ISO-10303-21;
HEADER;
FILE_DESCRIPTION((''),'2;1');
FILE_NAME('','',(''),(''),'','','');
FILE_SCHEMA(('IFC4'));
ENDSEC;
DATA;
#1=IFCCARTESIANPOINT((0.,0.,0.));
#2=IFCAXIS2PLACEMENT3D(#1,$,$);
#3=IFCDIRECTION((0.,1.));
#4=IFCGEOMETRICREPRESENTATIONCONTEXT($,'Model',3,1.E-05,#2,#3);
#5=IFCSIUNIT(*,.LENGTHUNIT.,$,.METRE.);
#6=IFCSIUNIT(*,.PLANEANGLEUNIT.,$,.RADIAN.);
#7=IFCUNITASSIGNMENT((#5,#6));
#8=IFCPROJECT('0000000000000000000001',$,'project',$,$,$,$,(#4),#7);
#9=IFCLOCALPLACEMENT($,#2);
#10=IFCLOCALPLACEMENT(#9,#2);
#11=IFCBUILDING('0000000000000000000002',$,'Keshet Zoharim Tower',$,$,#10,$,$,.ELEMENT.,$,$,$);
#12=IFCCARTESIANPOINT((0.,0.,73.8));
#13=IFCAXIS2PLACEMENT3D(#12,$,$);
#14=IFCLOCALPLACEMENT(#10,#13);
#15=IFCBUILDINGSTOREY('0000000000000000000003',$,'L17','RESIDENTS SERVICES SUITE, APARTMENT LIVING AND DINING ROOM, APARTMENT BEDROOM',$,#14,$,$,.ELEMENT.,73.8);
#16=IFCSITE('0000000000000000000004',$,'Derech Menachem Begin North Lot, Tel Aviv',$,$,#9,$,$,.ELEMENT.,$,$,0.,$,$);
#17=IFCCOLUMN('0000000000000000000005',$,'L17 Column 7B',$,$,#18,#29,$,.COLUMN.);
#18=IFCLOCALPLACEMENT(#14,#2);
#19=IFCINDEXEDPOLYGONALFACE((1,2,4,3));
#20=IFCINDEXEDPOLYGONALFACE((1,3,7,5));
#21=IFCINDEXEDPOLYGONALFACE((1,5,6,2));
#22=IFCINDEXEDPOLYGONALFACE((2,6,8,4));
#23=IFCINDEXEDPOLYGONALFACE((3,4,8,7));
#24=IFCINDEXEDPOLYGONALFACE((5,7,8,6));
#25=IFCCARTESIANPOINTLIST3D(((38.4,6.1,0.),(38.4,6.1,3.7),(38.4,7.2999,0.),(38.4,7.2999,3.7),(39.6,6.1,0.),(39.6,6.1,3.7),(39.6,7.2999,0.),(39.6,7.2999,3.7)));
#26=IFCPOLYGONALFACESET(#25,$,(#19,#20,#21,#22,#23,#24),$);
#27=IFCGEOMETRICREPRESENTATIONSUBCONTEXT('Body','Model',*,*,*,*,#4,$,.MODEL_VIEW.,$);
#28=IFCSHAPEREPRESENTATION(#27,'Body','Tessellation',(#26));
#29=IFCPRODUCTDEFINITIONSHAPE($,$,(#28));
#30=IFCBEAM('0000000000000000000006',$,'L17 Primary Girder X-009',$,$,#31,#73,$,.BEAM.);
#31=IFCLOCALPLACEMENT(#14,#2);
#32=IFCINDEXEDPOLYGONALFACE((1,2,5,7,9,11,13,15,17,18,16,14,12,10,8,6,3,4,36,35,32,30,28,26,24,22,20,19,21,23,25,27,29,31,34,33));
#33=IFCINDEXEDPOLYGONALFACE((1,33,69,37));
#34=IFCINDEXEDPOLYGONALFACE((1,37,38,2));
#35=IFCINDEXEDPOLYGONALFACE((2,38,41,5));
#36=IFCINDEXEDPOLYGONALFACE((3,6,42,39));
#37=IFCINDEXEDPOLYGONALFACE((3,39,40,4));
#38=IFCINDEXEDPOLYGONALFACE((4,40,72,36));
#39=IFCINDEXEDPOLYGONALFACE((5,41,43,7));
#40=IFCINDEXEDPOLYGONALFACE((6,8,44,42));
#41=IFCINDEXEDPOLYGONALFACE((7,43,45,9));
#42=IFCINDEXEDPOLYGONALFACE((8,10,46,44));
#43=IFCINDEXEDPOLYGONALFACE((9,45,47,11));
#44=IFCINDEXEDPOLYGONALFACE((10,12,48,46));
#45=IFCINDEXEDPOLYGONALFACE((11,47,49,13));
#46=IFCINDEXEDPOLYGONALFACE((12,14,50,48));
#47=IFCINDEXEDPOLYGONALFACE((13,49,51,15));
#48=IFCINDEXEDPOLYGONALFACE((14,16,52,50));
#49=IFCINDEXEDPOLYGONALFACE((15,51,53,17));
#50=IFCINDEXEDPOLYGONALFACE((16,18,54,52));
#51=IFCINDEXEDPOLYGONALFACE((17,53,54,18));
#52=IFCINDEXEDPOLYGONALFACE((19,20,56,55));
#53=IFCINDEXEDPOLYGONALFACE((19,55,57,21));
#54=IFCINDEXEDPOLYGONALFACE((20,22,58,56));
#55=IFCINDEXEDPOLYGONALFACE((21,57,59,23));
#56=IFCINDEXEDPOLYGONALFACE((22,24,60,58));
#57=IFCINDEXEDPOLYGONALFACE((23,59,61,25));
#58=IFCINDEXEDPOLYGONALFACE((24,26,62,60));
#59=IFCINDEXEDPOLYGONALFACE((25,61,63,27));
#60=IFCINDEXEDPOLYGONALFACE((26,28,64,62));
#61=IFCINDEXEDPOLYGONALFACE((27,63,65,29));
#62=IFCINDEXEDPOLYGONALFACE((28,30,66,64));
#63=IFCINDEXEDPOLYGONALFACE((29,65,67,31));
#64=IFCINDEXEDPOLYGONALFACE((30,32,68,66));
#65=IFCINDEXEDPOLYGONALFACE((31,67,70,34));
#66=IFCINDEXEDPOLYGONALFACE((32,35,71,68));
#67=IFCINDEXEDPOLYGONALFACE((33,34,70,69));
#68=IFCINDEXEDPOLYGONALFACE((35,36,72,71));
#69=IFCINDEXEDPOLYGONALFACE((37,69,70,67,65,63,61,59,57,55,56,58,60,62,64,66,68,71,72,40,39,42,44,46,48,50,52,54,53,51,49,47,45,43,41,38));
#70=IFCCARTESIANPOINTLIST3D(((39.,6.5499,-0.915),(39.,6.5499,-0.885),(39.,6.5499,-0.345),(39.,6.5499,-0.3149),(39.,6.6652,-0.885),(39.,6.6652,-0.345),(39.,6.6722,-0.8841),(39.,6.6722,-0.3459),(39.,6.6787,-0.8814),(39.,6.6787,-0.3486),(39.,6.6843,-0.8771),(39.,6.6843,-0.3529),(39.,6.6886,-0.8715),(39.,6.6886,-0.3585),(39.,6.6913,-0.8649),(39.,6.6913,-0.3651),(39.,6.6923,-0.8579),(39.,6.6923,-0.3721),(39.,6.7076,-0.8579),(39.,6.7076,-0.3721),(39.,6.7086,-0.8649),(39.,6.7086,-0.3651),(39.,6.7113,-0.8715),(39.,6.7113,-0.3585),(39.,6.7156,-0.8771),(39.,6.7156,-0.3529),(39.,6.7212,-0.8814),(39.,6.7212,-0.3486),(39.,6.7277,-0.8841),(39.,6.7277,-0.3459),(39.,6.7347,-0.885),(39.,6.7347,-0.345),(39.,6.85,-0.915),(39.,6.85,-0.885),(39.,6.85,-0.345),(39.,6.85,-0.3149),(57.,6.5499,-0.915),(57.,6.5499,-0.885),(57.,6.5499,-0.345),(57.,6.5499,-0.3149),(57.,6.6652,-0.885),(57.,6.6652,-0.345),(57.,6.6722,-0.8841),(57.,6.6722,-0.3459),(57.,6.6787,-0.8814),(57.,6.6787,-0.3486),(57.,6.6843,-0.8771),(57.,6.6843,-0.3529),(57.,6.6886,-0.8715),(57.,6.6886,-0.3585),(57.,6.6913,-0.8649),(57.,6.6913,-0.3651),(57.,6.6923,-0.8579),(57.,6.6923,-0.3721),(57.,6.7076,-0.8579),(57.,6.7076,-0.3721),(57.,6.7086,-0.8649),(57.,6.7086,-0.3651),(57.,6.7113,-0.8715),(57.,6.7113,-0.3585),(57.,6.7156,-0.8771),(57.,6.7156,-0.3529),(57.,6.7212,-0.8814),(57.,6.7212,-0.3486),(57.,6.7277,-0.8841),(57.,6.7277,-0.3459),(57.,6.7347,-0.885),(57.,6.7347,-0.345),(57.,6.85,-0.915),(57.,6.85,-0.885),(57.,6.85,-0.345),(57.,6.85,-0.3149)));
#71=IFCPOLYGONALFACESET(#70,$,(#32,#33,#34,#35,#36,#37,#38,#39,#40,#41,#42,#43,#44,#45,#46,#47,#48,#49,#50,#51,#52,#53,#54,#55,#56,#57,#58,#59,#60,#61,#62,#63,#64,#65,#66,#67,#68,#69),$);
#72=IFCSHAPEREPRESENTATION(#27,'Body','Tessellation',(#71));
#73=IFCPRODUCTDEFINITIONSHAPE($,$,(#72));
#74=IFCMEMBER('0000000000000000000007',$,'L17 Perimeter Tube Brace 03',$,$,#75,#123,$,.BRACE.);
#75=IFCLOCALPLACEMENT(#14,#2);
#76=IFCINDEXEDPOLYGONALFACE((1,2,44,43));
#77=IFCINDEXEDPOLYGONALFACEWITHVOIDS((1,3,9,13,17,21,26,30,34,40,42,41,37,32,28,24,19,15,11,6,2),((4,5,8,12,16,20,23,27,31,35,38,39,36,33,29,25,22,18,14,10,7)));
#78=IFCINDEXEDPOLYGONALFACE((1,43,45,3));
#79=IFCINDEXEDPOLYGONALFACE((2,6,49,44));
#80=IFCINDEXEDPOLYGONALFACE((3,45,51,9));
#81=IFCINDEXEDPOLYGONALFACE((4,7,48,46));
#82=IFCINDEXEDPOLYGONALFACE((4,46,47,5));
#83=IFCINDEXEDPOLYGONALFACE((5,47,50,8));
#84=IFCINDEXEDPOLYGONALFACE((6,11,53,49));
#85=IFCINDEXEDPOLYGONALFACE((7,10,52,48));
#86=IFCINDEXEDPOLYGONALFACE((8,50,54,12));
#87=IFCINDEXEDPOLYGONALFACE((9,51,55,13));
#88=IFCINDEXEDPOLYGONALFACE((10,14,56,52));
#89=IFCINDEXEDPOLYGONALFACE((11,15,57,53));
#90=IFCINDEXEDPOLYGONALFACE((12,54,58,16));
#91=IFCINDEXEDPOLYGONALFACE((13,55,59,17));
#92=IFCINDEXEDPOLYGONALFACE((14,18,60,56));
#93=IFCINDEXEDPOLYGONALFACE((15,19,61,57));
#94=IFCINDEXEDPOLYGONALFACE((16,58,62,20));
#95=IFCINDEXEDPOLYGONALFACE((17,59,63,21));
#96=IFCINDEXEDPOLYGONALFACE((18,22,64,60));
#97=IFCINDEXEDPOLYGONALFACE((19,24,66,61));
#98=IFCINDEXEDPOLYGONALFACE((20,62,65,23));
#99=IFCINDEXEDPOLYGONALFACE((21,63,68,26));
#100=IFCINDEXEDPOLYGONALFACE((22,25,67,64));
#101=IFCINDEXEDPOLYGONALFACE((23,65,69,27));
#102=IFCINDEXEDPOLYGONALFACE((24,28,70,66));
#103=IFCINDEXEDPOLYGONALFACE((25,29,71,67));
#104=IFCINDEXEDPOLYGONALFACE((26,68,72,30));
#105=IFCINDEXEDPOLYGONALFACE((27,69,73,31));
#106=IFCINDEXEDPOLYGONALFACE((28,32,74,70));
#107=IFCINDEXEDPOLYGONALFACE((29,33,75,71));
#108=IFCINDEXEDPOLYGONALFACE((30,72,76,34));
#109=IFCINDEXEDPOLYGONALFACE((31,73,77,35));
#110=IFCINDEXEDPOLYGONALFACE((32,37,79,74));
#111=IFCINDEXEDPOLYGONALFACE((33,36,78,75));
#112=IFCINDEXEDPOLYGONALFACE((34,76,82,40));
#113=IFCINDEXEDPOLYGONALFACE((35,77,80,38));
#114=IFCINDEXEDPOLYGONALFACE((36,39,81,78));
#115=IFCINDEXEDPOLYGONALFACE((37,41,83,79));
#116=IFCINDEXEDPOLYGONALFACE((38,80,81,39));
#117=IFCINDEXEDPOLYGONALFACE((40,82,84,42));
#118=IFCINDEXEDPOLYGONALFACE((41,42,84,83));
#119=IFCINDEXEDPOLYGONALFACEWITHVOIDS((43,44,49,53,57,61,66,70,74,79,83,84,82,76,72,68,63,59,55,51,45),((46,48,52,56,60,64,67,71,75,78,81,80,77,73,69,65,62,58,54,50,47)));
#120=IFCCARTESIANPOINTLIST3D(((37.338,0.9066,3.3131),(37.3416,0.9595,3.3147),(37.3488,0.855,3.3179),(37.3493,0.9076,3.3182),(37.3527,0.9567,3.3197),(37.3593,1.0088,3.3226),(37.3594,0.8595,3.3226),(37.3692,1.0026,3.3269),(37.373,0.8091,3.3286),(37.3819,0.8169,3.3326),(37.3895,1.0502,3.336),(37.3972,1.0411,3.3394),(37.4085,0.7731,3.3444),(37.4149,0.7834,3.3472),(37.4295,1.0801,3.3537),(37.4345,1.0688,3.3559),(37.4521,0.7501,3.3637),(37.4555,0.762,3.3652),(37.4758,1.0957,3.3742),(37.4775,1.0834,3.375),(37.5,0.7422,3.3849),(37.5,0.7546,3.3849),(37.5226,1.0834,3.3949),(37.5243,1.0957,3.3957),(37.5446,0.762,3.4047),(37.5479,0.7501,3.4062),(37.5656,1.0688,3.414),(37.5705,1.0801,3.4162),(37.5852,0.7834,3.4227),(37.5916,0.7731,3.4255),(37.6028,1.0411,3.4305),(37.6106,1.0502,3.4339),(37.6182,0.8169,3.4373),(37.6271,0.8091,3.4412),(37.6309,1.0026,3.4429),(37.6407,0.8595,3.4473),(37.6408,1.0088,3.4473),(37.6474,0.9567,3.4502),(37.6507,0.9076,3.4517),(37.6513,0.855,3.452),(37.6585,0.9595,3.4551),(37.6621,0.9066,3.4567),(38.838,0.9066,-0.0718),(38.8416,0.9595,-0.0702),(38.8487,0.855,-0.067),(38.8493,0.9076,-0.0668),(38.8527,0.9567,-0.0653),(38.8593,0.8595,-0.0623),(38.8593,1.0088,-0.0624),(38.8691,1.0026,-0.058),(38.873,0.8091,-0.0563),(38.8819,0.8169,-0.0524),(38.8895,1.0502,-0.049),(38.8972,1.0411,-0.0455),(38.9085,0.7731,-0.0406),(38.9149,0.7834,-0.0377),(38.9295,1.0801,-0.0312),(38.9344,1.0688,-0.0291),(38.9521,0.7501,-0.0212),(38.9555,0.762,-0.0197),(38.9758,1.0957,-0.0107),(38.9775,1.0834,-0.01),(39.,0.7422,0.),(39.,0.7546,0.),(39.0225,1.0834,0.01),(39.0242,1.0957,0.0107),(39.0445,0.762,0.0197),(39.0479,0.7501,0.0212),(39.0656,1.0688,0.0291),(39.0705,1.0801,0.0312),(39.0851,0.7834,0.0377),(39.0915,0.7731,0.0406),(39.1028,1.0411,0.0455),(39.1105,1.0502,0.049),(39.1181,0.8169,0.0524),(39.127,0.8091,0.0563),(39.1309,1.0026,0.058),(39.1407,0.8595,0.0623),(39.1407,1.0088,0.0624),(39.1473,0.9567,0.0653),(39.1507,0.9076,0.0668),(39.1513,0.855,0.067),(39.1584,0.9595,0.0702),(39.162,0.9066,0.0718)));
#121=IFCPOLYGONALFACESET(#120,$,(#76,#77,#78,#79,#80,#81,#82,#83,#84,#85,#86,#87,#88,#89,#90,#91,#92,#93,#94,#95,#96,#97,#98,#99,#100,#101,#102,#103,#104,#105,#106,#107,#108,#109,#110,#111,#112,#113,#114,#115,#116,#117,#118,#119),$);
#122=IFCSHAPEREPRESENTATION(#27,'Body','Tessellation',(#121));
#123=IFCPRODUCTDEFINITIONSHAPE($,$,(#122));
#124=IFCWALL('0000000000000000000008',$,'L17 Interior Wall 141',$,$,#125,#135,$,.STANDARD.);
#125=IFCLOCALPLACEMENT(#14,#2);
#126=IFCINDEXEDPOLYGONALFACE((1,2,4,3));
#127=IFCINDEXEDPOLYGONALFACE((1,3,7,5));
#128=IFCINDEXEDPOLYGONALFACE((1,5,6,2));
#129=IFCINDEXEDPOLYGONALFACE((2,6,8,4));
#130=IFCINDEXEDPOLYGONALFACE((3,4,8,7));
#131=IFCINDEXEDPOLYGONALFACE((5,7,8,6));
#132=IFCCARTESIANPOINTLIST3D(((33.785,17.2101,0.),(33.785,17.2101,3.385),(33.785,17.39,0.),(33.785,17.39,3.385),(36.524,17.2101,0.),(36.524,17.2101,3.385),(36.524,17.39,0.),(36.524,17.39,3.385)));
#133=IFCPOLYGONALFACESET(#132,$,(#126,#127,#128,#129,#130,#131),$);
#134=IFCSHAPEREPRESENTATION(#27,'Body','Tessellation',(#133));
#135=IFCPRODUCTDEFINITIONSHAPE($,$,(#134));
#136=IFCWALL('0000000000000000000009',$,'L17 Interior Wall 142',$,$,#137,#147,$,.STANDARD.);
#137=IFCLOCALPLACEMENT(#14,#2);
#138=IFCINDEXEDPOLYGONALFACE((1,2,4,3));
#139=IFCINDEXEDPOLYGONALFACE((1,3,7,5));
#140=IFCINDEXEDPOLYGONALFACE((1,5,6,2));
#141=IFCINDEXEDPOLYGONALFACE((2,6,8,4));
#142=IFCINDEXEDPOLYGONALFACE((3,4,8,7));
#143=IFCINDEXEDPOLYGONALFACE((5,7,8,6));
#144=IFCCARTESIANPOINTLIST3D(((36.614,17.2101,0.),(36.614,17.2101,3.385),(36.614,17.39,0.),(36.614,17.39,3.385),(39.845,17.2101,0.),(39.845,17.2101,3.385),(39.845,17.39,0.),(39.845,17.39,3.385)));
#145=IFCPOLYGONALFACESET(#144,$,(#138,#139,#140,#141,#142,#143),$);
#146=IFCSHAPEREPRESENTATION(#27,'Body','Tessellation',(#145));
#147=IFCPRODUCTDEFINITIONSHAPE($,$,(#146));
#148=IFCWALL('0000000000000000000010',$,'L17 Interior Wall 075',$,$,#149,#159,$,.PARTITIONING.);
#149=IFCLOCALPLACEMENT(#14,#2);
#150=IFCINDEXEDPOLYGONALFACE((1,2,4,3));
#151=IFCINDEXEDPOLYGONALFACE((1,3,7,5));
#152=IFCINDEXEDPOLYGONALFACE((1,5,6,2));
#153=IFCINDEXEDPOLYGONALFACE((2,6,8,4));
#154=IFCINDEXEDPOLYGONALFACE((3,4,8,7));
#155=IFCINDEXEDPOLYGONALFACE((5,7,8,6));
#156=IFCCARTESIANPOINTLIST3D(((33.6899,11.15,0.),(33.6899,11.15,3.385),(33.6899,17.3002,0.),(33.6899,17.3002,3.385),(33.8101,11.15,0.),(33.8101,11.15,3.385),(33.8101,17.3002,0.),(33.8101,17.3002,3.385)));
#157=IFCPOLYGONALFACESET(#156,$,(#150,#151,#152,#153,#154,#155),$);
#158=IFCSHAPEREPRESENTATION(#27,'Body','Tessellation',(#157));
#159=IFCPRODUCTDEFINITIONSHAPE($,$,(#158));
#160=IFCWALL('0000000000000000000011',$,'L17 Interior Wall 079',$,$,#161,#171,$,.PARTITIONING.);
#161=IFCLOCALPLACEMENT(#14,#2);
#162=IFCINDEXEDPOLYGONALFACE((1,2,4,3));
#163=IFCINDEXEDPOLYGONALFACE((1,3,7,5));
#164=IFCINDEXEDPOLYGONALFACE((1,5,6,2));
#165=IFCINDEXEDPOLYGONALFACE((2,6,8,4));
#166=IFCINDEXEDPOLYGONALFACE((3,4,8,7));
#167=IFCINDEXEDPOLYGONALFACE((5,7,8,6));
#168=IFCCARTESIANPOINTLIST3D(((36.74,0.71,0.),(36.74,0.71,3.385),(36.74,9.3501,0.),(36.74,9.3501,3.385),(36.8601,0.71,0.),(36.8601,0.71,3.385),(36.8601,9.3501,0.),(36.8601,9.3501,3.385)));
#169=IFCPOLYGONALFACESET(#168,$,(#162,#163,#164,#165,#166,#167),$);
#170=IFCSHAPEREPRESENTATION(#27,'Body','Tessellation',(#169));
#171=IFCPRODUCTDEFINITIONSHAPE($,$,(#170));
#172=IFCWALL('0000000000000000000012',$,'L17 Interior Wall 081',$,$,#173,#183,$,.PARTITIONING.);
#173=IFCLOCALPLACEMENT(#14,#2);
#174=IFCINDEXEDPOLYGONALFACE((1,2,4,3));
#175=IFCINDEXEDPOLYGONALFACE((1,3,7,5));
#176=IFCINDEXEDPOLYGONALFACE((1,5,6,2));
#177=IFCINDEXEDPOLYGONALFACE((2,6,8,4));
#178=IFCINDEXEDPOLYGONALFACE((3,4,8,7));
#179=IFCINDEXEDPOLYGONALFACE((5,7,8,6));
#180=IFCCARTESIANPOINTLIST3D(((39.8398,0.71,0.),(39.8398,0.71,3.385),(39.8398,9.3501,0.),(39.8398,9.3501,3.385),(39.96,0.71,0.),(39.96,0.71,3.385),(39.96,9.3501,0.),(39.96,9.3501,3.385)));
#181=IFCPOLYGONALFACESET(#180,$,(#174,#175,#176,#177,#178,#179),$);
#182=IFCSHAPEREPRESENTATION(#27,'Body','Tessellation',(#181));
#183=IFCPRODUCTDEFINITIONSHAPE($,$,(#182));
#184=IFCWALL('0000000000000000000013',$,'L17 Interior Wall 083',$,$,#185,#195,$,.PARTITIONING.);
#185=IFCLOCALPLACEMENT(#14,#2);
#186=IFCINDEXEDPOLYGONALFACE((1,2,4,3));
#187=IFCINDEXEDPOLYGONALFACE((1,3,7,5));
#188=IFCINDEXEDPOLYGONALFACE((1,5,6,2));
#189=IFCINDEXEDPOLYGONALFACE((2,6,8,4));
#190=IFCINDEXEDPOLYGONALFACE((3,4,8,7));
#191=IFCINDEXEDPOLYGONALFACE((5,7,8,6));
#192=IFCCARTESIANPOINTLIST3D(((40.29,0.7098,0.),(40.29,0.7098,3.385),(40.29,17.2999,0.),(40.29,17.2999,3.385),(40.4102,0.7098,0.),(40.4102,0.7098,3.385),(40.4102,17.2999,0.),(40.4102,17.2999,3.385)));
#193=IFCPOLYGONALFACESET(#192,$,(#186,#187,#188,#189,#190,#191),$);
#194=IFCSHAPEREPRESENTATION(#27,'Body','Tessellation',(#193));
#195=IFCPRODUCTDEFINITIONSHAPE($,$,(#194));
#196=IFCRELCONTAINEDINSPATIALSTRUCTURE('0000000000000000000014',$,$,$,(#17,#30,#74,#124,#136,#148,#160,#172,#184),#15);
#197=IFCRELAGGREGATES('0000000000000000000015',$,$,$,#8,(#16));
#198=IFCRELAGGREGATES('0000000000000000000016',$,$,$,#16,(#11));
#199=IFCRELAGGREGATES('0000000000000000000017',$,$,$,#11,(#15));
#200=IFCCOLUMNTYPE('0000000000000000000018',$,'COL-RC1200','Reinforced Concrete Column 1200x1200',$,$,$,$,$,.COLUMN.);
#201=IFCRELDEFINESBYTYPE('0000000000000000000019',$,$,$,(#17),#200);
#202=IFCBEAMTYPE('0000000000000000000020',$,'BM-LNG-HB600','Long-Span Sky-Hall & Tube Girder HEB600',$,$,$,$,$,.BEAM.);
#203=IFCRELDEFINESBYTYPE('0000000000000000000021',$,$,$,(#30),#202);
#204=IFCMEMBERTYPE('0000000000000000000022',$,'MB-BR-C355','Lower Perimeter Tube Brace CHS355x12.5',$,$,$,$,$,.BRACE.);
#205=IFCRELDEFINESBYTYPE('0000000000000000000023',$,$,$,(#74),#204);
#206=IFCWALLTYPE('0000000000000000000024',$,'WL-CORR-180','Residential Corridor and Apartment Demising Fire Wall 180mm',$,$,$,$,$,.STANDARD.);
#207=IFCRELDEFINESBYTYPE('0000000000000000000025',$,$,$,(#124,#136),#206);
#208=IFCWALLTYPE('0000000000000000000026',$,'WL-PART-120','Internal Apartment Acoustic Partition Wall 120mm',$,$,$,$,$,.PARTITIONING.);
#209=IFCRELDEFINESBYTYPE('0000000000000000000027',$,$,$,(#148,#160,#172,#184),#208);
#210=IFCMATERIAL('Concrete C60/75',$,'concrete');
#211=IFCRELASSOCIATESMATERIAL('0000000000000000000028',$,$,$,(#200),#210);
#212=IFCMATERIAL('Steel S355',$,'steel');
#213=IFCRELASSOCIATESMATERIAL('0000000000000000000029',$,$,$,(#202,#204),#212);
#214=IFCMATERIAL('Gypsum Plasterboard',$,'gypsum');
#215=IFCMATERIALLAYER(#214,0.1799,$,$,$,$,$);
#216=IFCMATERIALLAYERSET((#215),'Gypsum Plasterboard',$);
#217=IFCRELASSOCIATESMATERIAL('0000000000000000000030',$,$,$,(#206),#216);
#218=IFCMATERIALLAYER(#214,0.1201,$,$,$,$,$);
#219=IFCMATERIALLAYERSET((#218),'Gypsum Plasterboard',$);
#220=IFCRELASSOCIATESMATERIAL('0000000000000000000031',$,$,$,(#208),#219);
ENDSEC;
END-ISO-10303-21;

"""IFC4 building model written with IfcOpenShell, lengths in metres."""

from ifc_helpers import new_model, si_unit, direction, frame, frame_2d, origin, origin_2d, place, context, subcontext, project, spatial, rectangle, hollow_circle, i_section, extrude, material, layer, layer_set, material_profile, profile_set, type_object, element, save


model = new_model("IFC4")

# Units and contexts
model_context = context("Model", 3, precision=1e-05, world=origin(), true_north=direction((0.0, 1.0)))
body_context = subcontext(model_context, "Body", "Model", "MODEL_VIEW")
ifc_project = project(units=[si_unit("LENGTHUNIT", "METRE"), si_unit("PLANEANGLEUNIT", "RADIAN")], contexts=[model_context])

# Site, building, storey
site_placement = place(None, origin())
site = spatial("IfcSite", under=ifc_project, at=site_placement, Name="Derech Menachem Begin North Lot, Tel Aviv", CompositionType="ELEMENT", RefElevation=0.0)
building_placement = place(site_placement, origin())
building = spatial("IfcBuilding", under=site, at=building_placement, Name="Keshet Zoharim Tower", CompositionType="ELEMENT")
storey_placement = place(building_placement, frame((0.0, 0.0, 73.8)))
storey = spatial("IfcBuildingStorey", under=building, at=storey_placement, Name="L17", Description="RESIDENTS SERVICES SUITE, APARTMENT LIVING AND DINING ROOM, APARTMENT BEDROOM", CompositionType="ELEMENT", Elevation=73.8)

# Column
ifc_material_1 = material(Name="Concrete C60/75", Category="concrete")
ifc_material_profile_1 = material_profile(ifc_material_1, rectangle(XDim=1.2, YDim=1.2, at=origin_2d()), Name="RC1200x1200")
ifc_profile_set_1 = profile_set([ifc_material_profile_1], Name="Concrete C60/75")
column_type = type_object("IfcColumnType", Name="COL-RC1200", Description="Reinforced Concrete Column 1200x1200", PredefinedType="COLUMN", material=ifc_profile_set_1)
column_placement = place(storey_placement, frame((39.0, 6.7, 0.0), z_axis=(0.0, 0.0, 1.0), x_axis=(1.0, 0.0, 0.0)))
element("IfcColumn", 1, at=column_placement, inside=storey, type_object=column_type, Name="L17 Column 7B", PredefinedType="COLUMN", context=body_context, shape_type="SweptSolid", body=[
    extrude(rectangle(XDim=1.2, YDim=1.2, at=origin_2d()), origin(), (0.0, 0.0, 1.0), 3.7),
])

# Beam
ifc_material_2 = material(Name="Steel S355", Category="steel")
ifc_material_profile_2 = material_profile(ifc_material_2, i_section(OverallWidth=0.3, OverallDepth=0.6001, WebThickness=0.0154, FlangeThickness=0.03, FilletRadius=0.0271, at=origin_2d()), Name="HEB600")
ifc_profile_set_2 = profile_set([ifc_material_profile_2], Name="Steel S355")
beam_type = type_object("IfcBeamType", Name="BM-LNG-HB600", Description="Long-Span Sky-Hall & Tube Girder HEB600", PredefinedType="BEAM", material=ifc_profile_set_2)
beam_placement = place(storey_placement, frame((39.0, 6.7, -0.615), z_axis=(1.0, 0.0, 0.0), x_axis=(0.0, 1.0, 0.0)))
element("IfcBeam", 2, at=beam_placement, inside=storey, type_object=beam_type, Name="L17 Primary Girder X-009", PredefinedType="BEAM", context=body_context, shape_type="SweptSolid", body=[
    extrude(i_section(OverallWidth=0.3, OverallDepth=0.6001, WebThickness=0.0154, FlangeThickness=0.03, FilletRadius=0.0271, at=origin_2d()), origin(), (0.0, 0.0, 1.0), 18.0),
])

# Member
ifc_material_profile_3 = material_profile(ifc_material_2, hollow_circle(Radius=0.1777, WallThickness=0.0125, at=origin_2d()), Name="CHS355x12.5")
ifc_profile_set_3 = profile_set([ifc_material_profile_3], Name="Steel S355")
member_type = type_object("IfcMemberType", Name="MB-BR-C355", Description="Lower Perimeter Tube Brace CHS355x12.5", PredefinedType="BRACE", material=ifc_profile_set_3)
member_placement = place(storey_placement, frame((39.0, 0.9199, 0.0), z_axis=(-0.405135, 0.0, 0.914257), x_axis=(0.0, -1.0, 0.0)))
element("IfcMember", 3, at=member_placement, inside=storey, type_object=member_type, Name="L17 Perimeter Tube Brace 03", PredefinedType="BRACE", context=body_context, shape_type="SweptSolid", body=[
    extrude(hollow_circle(Radius=0.1777, WallThickness=0.0125, at=origin_2d()), origin(), (0.0, 0.0, 1.0), 3.7024),
])

# Walls
ifc_material_3 = material(Name="Gypsum Plasterboard", Category="gypsum")
ifc_layer_1 = layer(ifc_material_3, 0.1799)
ifc_layer_set_1 = layer_set([ifc_layer_1], Name="Gypsum Plasterboard")
wall_type_1 = type_object("IfcWallType", Name="WL-CORR-180", Description="Residential Corridor and Apartment Demising Fire Wall 180mm", PredefinedType="STANDARD", material=ifc_layer_set_1)
wall_1_placement = place(storey_placement, frame((33.7849, 17.3, 0.0), z_axis=(0.0, 0.0, 1.0), x_axis=(1.0, 0.0, 0.0)))
element("IfcWall", 4, at=wall_1_placement, inside=storey, type_object=wall_type_1, Name="L17 Interior Wall 141", PredefinedType="STANDARD", context=body_context, shape_type="SweptSolid", body=[
    extrude(rectangle(XDim=2.739, YDim=0.1799, at=frame_2d((1.3696, 0.0))), origin(), (0.0, 0.0, 1.0), 3.385),
])
wall_2_placement = place(storey_placement, frame((36.614, 17.3, 0.0), z_axis=(0.0, 0.0, 1.0), x_axis=(1.0, 0.0, 0.0)))
element("IfcWall", 5, at=wall_2_placement, inside=storey, type_object=wall_type_1, Name="L17 Interior Wall 142", PredefinedType="STANDARD", context=body_context, shape_type="SweptSolid", body=[
    extrude(rectangle(XDim=3.231, YDim=0.1799, at=frame_2d((1.6155, 0.0))), origin(), (0.0, 0.0, 1.0), 3.385),
])

# Walls
ifc_layer_2 = layer(ifc_material_3, 0.1201)
ifc_layer_set_2 = layer_set([ifc_layer_2], Name="Gypsum Plasterboard")
wall_type_2 = type_object("IfcWallType", Name="WL-PART-120", Description="Internal Apartment Acoustic Partition Wall 120mm", PredefinedType="PARTITIONING", material=ifc_layer_set_2)
wall_3_placement = place(storey_placement, frame((33.75, 11.1499, 0.0), z_axis=(0.0, 0.0, 1.0), x_axis=(0.0, 1.0, 0.0)))
element("IfcWall", 6, at=wall_3_placement, inside=storey, type_object=wall_type_2, Name="L17 Interior Wall 075", PredefinedType="PARTITIONING", context=body_context, shape_type="SweptSolid", body=[
    extrude(rectangle(XDim=6.1501, YDim=0.1201, at=frame_2d((3.0752, 0.0))), origin(), (0.0, 0.0, 1.0), 3.385),
])
for number, where, z_axis, x_axis, name in (
    (7, (36.8, 0.71, 0.0), (0.0, 0.0, 1.0), (0.0, 1.0, 0.0), "L17 Interior Wall 079"),
    (8, (39.8999, 0.71, 0.0), (0.0, 0.0, 1.0), (0.0, 1.0, 0.0), "L17 Interior Wall 081"),
):
    element("IfcWall", number, at=place(storey_placement, frame(where, z_axis=z_axis, x_axis=x_axis)), inside=storey, type_object=wall_type_2, Name=name, PredefinedType="PARTITIONING", context=body_context, shape_type="SweptSolid", body=[
        extrude(rectangle(XDim=8.6401, YDim=0.1201, at=frame_2d((4.3201, 0.0))), origin(), (0.0, 0.0, 1.0), 3.385),
    ])
wall_4_placement = place(storey_placement, frame((40.3501, 0.71, 0.0), z_axis=(0.0, 0.0, 1.0), x_axis=(0.0, 1.0, 0.0)))
element("IfcWall", 9, at=wall_4_placement, inside=storey, type_object=wall_type_2, Name="L17 Interior Wall 083", PredefinedType="PARTITIONING", context=body_context, shape_type="SweptSolid", body=[
    extrude(rectangle(XDim=16.5901, YDim=0.1201, at=frame_2d((8.2949, 0.0))), origin(), (0.0, 0.0, 1.0), 3.385),
])

save(model, "model.ifc")
